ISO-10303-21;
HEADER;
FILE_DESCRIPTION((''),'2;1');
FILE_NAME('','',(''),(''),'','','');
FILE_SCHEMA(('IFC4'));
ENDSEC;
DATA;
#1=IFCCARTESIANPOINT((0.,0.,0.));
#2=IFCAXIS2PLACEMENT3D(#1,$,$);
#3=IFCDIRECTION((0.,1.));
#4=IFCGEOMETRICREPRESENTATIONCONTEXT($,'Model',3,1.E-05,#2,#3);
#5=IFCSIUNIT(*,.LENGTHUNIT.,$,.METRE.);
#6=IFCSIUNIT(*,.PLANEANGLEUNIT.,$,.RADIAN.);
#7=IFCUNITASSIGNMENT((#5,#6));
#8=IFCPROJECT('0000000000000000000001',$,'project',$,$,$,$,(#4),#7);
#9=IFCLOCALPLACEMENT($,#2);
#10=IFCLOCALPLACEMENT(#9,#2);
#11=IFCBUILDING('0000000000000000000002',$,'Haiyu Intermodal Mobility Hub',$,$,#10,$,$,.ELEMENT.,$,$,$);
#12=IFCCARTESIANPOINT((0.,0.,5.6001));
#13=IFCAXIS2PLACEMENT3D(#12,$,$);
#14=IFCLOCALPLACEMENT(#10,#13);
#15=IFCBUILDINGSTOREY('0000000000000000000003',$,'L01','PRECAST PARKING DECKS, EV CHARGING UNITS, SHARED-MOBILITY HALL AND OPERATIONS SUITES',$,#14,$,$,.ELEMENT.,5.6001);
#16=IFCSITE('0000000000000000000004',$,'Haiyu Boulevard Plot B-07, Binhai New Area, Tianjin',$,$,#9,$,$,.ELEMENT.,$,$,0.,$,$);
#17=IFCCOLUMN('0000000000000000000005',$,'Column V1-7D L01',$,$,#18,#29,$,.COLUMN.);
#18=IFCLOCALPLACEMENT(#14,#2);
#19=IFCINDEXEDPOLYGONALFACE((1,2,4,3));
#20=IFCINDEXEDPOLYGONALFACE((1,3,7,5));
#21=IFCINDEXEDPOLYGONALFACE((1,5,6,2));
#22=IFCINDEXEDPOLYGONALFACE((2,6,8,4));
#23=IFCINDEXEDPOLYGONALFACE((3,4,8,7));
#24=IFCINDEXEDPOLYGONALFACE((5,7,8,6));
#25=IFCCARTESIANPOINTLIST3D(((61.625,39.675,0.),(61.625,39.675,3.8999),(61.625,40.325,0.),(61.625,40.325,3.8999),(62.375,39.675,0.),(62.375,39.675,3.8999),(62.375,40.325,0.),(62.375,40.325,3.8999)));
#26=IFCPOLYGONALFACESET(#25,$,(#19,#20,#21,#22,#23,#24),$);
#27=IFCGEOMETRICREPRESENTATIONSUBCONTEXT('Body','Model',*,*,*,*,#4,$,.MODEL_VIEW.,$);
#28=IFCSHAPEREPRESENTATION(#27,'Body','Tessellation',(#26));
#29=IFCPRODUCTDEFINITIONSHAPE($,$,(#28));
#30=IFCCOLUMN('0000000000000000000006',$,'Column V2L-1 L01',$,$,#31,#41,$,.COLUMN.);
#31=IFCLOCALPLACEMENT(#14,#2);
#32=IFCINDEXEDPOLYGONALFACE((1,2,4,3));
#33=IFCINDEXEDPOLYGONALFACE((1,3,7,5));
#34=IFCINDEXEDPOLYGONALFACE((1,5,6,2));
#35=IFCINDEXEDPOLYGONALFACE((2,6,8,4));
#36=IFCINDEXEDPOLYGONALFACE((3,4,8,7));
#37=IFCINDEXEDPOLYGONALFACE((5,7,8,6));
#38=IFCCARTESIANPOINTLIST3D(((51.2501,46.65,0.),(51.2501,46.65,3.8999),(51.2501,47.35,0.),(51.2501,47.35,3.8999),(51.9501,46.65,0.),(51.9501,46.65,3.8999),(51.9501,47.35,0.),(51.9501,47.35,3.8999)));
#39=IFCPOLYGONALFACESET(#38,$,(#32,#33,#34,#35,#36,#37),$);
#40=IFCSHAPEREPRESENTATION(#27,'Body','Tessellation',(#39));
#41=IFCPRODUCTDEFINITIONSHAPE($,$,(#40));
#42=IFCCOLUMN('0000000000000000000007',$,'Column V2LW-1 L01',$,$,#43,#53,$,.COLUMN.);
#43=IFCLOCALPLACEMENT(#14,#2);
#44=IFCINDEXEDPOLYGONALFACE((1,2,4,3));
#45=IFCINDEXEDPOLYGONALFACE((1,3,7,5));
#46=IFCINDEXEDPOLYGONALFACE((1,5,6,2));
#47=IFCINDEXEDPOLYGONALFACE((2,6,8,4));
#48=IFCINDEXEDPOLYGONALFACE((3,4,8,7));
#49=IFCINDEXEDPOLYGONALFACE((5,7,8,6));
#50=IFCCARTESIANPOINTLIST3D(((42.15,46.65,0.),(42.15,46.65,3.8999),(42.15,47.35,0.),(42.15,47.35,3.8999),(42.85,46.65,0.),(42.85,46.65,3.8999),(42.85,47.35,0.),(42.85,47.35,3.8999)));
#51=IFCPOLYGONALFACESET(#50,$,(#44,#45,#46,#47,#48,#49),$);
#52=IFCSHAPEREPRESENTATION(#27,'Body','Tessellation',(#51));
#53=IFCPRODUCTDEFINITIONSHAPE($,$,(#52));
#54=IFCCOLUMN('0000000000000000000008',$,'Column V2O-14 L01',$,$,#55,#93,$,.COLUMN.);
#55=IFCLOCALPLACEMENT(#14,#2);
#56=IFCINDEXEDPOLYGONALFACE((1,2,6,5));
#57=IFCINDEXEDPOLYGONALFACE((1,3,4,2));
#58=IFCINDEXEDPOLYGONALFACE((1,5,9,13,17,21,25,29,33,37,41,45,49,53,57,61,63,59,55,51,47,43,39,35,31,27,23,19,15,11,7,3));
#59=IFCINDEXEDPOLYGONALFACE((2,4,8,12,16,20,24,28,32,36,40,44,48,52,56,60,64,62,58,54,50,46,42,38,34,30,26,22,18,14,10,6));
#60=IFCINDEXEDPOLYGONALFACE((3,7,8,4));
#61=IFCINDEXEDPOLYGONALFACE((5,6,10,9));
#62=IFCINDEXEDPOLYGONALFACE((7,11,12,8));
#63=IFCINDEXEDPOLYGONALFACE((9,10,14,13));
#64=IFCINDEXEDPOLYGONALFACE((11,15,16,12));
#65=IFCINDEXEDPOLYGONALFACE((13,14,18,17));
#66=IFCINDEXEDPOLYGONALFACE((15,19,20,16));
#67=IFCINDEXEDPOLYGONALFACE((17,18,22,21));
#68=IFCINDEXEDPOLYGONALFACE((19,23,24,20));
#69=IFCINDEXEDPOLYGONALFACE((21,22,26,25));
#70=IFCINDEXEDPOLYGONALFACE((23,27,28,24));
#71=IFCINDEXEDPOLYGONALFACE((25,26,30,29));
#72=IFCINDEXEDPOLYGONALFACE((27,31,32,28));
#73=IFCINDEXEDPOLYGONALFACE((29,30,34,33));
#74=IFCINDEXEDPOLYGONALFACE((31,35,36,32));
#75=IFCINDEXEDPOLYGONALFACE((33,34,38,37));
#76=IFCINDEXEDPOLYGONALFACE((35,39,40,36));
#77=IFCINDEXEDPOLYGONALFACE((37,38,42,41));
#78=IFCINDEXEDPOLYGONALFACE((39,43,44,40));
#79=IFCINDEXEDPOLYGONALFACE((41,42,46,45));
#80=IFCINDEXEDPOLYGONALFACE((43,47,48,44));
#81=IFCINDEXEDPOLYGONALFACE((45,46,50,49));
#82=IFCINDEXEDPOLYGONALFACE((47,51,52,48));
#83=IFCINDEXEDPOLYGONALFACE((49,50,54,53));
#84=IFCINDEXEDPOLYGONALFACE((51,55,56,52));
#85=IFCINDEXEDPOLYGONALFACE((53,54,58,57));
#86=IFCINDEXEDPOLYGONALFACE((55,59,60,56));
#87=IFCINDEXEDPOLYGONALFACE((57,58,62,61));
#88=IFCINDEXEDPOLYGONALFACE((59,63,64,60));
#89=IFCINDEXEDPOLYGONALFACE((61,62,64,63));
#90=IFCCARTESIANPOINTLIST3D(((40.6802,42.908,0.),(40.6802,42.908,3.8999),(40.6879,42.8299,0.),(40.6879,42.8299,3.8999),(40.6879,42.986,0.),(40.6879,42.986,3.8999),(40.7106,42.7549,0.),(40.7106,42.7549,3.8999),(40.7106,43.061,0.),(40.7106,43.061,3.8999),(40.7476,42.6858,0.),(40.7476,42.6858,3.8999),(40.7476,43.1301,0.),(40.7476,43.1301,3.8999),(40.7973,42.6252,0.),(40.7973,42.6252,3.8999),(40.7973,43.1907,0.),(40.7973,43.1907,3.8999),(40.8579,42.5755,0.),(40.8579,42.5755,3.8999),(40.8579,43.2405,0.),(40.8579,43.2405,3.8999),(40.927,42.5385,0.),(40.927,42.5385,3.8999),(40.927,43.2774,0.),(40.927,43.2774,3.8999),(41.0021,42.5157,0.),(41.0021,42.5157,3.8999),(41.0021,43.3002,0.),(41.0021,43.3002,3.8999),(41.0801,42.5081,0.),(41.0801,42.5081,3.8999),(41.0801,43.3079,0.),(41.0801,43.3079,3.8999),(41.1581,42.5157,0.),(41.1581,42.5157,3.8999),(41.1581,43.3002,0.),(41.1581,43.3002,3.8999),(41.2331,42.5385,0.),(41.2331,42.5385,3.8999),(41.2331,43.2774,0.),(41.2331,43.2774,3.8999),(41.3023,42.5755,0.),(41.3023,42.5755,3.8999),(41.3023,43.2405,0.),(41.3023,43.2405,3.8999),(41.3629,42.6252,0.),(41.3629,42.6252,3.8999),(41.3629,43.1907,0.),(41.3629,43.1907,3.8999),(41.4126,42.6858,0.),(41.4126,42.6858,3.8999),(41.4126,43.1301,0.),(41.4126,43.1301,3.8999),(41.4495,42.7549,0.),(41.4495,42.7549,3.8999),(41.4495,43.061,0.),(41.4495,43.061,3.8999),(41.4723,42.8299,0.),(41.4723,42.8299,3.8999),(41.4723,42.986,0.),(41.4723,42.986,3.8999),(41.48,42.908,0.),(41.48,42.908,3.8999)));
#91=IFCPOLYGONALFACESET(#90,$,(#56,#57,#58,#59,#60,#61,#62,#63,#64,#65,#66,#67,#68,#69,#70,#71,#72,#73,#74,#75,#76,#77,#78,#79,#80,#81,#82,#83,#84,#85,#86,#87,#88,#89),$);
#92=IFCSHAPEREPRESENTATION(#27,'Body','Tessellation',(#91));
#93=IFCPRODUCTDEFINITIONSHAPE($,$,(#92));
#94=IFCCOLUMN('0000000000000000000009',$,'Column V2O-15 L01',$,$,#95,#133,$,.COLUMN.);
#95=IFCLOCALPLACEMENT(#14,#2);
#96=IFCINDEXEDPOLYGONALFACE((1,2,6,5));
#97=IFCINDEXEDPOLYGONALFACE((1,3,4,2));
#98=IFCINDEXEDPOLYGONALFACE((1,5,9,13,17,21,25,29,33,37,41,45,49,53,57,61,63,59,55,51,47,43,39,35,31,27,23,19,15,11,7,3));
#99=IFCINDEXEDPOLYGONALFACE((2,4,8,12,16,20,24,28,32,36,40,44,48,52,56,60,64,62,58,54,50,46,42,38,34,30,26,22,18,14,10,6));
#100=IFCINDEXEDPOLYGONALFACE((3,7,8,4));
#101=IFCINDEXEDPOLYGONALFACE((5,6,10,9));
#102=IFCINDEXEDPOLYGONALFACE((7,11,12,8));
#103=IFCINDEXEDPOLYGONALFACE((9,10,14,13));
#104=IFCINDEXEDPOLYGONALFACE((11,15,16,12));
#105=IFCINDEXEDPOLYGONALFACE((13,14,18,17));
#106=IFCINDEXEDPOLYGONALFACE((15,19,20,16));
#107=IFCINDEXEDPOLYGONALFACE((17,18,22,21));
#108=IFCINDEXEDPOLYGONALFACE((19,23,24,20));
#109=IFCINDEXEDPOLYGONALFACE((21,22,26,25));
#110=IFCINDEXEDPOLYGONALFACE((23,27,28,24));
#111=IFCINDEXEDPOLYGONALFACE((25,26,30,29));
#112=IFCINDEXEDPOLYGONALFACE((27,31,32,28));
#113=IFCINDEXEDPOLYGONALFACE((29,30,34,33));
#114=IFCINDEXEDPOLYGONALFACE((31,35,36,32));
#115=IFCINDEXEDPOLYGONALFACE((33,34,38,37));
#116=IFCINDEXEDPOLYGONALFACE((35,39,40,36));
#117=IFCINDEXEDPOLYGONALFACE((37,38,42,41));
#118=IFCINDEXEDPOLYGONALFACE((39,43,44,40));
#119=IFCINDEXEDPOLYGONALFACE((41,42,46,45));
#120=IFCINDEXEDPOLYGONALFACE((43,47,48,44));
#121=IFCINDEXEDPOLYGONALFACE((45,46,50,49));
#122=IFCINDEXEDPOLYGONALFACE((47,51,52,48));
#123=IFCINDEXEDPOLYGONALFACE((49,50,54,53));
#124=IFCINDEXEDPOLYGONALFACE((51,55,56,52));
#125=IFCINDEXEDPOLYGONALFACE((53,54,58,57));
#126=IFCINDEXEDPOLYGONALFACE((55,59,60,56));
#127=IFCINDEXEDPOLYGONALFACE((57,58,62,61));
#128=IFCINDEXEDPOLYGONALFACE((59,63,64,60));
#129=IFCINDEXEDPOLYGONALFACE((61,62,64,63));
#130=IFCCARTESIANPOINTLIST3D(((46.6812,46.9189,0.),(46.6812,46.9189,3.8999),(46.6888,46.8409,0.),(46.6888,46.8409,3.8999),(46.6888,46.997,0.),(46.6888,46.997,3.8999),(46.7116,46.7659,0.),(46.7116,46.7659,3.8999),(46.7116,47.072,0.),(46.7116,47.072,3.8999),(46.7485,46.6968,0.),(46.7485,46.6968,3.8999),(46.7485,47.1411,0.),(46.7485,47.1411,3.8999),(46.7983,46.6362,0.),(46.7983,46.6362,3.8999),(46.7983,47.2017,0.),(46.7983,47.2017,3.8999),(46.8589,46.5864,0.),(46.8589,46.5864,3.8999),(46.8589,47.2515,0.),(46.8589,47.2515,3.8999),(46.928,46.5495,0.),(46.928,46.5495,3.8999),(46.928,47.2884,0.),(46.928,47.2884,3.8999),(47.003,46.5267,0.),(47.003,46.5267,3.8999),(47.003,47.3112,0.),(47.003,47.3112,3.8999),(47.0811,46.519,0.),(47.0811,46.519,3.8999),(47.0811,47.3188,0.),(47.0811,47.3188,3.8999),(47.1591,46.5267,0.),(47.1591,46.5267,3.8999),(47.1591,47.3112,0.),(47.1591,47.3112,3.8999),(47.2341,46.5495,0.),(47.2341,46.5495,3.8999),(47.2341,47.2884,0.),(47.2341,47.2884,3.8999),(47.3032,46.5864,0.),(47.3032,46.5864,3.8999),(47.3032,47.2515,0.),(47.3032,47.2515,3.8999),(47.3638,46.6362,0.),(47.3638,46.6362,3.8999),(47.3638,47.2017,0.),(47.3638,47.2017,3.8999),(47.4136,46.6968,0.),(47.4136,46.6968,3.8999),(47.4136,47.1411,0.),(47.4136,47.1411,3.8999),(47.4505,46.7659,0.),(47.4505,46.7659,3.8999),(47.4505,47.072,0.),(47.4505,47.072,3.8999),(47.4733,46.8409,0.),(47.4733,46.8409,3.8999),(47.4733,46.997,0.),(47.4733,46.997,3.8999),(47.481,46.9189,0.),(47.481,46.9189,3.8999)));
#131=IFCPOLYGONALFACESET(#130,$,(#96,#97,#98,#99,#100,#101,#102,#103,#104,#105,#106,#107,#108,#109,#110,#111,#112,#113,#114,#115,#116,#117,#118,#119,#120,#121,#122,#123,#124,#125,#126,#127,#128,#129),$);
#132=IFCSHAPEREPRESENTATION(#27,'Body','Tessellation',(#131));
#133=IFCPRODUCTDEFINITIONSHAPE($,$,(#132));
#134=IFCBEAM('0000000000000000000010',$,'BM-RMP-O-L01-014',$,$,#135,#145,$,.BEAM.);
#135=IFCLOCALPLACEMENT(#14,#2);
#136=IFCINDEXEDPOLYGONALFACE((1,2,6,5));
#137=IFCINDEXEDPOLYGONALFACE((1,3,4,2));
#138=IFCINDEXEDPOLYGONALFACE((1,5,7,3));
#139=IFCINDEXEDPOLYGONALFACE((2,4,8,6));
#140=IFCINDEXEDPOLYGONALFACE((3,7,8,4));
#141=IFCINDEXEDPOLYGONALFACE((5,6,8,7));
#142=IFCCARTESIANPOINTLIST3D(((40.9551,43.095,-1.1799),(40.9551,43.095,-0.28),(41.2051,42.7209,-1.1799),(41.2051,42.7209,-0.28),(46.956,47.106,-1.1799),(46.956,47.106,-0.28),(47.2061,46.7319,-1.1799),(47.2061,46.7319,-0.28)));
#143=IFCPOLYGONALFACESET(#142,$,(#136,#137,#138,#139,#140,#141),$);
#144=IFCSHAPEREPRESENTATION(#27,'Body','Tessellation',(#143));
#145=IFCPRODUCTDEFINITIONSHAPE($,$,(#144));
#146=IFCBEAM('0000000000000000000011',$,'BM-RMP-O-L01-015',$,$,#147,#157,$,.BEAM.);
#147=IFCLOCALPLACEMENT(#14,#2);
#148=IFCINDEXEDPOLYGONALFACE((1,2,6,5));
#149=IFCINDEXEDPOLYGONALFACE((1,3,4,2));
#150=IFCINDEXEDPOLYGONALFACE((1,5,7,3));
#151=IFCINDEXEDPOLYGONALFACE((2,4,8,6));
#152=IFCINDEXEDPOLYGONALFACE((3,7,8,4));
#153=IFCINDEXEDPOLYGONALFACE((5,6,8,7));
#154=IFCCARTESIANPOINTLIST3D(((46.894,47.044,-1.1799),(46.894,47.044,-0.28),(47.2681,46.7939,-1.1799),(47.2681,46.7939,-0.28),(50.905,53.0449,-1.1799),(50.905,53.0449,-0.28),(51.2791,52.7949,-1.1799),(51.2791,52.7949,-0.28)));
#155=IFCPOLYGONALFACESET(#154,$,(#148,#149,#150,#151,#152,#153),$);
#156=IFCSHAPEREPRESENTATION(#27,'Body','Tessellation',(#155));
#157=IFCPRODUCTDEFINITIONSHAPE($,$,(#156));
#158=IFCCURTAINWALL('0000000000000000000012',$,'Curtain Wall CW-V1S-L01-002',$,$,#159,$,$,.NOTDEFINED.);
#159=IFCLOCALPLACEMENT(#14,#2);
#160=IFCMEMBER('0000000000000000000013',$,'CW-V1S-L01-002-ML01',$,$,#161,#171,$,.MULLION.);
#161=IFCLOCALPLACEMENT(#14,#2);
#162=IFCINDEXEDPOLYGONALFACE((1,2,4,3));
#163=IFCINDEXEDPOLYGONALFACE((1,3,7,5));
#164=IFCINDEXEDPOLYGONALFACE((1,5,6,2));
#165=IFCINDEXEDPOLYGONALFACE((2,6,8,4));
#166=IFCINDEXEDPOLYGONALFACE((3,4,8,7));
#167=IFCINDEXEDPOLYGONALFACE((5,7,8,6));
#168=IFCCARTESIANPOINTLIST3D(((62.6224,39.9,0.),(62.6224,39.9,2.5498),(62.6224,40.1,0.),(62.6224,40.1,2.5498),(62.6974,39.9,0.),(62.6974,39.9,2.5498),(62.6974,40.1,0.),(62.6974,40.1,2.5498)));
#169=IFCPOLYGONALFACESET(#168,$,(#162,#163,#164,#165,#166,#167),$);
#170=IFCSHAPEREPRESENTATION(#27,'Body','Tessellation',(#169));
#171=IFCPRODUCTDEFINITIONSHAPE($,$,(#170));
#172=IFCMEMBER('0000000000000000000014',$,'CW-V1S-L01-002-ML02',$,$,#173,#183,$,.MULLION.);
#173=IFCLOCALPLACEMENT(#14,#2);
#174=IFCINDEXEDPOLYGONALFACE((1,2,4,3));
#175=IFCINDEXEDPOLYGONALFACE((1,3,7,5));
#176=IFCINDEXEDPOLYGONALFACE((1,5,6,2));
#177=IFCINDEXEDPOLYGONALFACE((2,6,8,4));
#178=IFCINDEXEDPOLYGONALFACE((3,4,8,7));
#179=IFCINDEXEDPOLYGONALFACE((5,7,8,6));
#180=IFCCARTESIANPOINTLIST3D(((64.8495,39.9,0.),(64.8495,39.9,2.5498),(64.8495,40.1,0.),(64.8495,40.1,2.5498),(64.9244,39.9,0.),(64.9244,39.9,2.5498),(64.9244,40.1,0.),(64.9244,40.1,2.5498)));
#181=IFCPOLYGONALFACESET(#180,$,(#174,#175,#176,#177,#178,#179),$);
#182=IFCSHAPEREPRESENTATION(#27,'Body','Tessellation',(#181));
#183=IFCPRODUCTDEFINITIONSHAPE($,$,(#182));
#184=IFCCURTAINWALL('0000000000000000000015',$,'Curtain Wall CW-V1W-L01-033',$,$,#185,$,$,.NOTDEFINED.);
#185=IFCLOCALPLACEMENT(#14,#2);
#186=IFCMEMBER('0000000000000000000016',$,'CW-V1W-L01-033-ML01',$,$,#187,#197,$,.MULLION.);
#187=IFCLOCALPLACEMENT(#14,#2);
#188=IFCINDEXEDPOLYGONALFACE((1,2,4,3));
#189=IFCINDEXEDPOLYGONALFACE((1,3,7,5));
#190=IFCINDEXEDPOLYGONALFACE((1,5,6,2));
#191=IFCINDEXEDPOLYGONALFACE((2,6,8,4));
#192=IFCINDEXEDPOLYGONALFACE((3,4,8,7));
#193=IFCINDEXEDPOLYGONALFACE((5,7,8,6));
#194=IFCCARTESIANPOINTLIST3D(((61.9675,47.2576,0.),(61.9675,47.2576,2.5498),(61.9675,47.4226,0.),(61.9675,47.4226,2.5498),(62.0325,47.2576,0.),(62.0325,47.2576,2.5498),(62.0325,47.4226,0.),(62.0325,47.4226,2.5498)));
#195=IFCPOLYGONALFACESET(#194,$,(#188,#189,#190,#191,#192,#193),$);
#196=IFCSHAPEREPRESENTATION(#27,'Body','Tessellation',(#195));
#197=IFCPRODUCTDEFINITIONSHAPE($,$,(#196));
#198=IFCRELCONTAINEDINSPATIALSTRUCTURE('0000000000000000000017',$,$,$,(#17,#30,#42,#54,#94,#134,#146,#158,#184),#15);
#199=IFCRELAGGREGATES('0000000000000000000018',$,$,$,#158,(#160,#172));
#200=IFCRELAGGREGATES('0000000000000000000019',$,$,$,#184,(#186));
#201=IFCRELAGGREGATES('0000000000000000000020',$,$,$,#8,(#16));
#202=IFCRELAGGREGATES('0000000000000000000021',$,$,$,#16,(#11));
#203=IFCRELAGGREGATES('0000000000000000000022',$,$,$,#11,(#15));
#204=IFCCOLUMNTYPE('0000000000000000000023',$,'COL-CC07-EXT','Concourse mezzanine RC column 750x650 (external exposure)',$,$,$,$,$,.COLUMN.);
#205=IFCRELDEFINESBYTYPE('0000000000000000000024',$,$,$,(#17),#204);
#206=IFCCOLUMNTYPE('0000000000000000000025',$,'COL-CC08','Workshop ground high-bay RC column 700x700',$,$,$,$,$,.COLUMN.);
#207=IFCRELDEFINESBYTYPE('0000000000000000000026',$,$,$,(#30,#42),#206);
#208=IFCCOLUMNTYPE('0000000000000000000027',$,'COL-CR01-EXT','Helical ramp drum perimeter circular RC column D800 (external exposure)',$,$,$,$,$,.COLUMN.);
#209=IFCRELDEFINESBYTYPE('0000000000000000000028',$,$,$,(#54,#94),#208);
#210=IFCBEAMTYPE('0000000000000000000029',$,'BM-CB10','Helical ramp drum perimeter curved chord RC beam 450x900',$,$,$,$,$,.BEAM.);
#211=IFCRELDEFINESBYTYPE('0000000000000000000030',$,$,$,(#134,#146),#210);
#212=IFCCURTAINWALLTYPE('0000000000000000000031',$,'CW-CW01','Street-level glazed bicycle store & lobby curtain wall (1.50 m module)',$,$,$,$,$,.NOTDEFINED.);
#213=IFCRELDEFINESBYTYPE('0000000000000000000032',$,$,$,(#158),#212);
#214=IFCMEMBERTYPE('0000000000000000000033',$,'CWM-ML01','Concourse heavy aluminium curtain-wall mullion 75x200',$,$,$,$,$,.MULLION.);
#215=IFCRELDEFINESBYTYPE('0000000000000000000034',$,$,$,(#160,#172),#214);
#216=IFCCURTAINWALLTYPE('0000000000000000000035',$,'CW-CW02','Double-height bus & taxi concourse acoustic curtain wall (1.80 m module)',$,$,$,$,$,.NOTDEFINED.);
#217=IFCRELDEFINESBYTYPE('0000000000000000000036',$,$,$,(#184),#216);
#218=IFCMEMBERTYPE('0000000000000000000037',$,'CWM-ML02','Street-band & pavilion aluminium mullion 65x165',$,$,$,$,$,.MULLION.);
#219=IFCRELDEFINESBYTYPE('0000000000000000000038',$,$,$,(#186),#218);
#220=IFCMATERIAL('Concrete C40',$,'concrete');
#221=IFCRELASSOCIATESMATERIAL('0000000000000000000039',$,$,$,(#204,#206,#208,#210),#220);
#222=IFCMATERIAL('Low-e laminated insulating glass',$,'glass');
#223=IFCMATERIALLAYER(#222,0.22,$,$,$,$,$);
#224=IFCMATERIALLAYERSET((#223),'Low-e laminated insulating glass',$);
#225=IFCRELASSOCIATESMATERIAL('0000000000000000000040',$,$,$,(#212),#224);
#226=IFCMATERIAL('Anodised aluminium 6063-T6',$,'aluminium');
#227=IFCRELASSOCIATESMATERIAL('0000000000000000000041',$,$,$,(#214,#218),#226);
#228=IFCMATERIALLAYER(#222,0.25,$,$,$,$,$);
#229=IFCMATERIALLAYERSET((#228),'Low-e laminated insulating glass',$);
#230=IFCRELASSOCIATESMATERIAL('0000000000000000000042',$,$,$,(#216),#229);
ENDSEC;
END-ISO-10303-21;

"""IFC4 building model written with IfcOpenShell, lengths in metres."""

from ifc_helpers import new_model, si_unit, direction, frame, origin, origin_2d, place, context, subcontext, project, spatial, rectangle, circle, extrude, material, layer, layer_set, material_profile, profile_set, type_object, element, aggregate, save


model = new_model("IFC4")

# Units and contexts
model_context = context("Model", 3, precision=1e-05, world=origin(), true_north=direction((0.0, 1.0)))
body_context = subcontext(model_context, "Body", "Model", "MODEL_VIEW")
ifc_project = project(units=[si_unit("LENGTHUNIT", "METRE"), si_unit("PLANEANGLEUNIT", "RADIAN")], contexts=[model_context])

# Site, building, storey
site_placement = place(None, origin())
site = spatial("IfcSite", under=ifc_project, at=site_placement, Name="Haiyu Boulevard Plot B-07, Binhai New Area, Tianjin", CompositionType="ELEMENT", RefElevation=0.0)
building_placement = place(site_placement, origin())
building = spatial("IfcBuilding", under=site, at=building_placement, Name="Haiyu Intermodal Mobility Hub", CompositionType="ELEMENT")
storey_placement = place(building_placement, frame((0.0, 0.0, 5.6001)))
storey = spatial("IfcBuildingStorey", under=building, at=storey_placement, Name="L01", Description="PRECAST PARKING DECKS, EV CHARGING UNITS, SHARED-MOBILITY HALL AND OPERATIONS SUITES", CompositionType="ELEMENT", Elevation=5.6001)

# Columns
ifc_material_1 = material(Name="Concrete C40", Category="concrete")
ifc_material_profile_1 = material_profile(ifc_material_1, rectangle(XDim=0.75, YDim=0.6499, at=origin_2d()), Name="RC750x650")
ifc_profile_set_1 = profile_set([ifc_material_profile_1], Name="Concrete C40")
column_type_1 = type_object("IfcColumnType", Name="COL-CC07-EXT", Description="Concourse mezzanine RC column 750x650 (external exposure)", PredefinedType="COLUMN", material=ifc_profile_set_1)
column_placement = place(storey_placement, frame((62.0, 40.0, 0.0), z_axis=(0.0, 0.0, 1.0), x_axis=(1.0, 0.0, 0.0)))
element("IfcColumn", 1, at=column_placement, inside=storey, type_object=column_type_1, Name="Column V1-7D L01", PredefinedType="COLUMN", context=body_context, shape_type="SweptSolid", body=[
    extrude(rectangle(XDim=0.75, YDim=0.6499, at=origin_2d()), origin(), (0.0, 0.0, 1.0), 3.8999),
])
ifc_material_profile_2 = material_profile(ifc_material_1, rectangle(XDim=0.7, YDim=0.7, at=origin_2d()), Name="RC700x700")
ifc_profile_set_2 = profile_set([ifc_material_profile_2], Name="Concrete C40")
column_type_2 = type_object("IfcColumnType", Name="COL-CC08", Description="Workshop ground high-bay RC column 700x700", PredefinedType="COLUMN", material=ifc_profile_set_2)
for number, where, z_axis, x_axis, name in (
    (2, (51.6001, 47.0, 0.0), (0.0, 0.0, 1.0), (1.0, 0.0, 0.0), "Column V2L-1 L01"),
    (3, (42.5, 47.0, 0.0), (0.0, 0.0, 1.0), (1.0, 0.0, 0.0), "Column V2LW-1 L01"),
):
    element("IfcColumn", number, at=place(storey_placement, frame(where, z_axis=z_axis, x_axis=x_axis)), inside=storey, type_object=column_type_2, Name=name, PredefinedType="COLUMN", context=body_context, shape_type="SweptSolid", body=[
        extrude(rectangle(XDim=0.7, YDim=0.7, at=origin_2d()), origin(), (0.0, 0.0, 1.0), 3.8999),
    ])
ifc_material_profile_3 = material_profile(ifc_material_1, circle(Radius=0.3999, at=origin_2d()), Name="RCCOL-D800")
ifc_profile_set_3 = profile_set([ifc_material_profile_3], Name="Concrete C40")
column_type_3 = type_object("IfcColumnType", Name="COL-CR01-EXT", Description="Helical ramp drum perimeter circular RC column D800 (external exposure)", PredefinedType="COLUMN", material=ifc_profile_set_3)
for number, where, z_axis, x_axis, name in (
    (4, (41.0801, 42.908, 0.0), (0.0, 0.0, 1.0), (1.0, 0.0, 0.0), "Column V2O-14 L01"),
    (5, (47.0811, 46.9189, 0.0), (0.0, 0.0, 1.0), (1.0, 0.0, 0.0), "Column V2O-15 L01"),
):
    element("IfcColumn", number, at=place(storey_placement, frame(where, z_axis=z_axis, x_axis=x_axis)), inside=storey, type_object=column_type_3, Name=name, PredefinedType="COLUMN", context=body_context, shape_type="SweptSolid", body=[
        extrude(circle(Radius=0.3999, at=origin_2d()), origin(), (0.0, 0.0, 1.0), 3.8999),
    ])

# Beams
ifc_material_profile_4 = material_profile(ifc_material_1, rectangle(XDim=0.45, YDim=0.8999, at=origin_2d()), Name="RCB450x900")
ifc_profile_set_4 = profile_set([ifc_material_profile_4], Name="Concrete C40")
beam_type = type_object("IfcBeamType", Name="BM-CB10", Description="Helical ramp drum perimeter curved chord RC beam 450x900", PredefinedType="BEAM", material=ifc_profile_set_4)
for number, where, z_axis, x_axis, name in (
    (6, (41.0801, 42.908, -0.73), (0.831389, 0.555691, 0.0), (-0.555691, 0.831389, 0.0), "BM-RMP-O-L01-014"),
    (7, (47.0811, 46.9189, -0.73), (0.555691, 0.831389, 0.0), (-0.831389, 0.555691, 0.0), "BM-RMP-O-L01-015"),
):
    element("IfcBeam", number, at=place(storey_placement, frame(where, z_axis=z_axis, x_axis=x_axis)), inside=storey, type_object=beam_type, Name=name, PredefinedType="BEAM", context=body_context, shape_type="SweptSolid", body=[
        extrude(rectangle(XDim=0.45, YDim=0.8999, at=origin_2d()), origin(), (0.0, 0.0, 1.0), 7.218),
    ])

# Curtain walls, members
ifc_material_2 = material(Name="Low-e laminated insulating glass", Category="glass")
ifc_layer_1 = layer(ifc_material_2, 0.22)
ifc_layer_set_1 = layer_set([ifc_layer_1], Name="Low-e laminated insulating glass")
curtain_wall_type_1 = type_object("IfcCurtainWallType", Name="CW-CW01", Description="Street-level glazed bicycle store & lobby curtain wall (1.50 m module)", PredefinedType="NOTDEFINED", material=ifc_layer_set_1)
curtain_wall_1_placement = place(storey_placement, origin())
curtain_wall_1 = element("IfcCurtainWall", 8, at=curtain_wall_1_placement, inside=storey, type_object=curtain_wall_type_1, Name="Curtain Wall CW-V1S-L01-002", PredefinedType="NOTDEFINED")
ifc_material_3 = material(Name="Anodised aluminium 6063-T6", Category="aluminium")
ifc_material_profile_5 = material_profile(ifc_material_3, rectangle(XDim=0.075, YDim=0.2, at=origin_2d()), Name="ALU75x200")
ifc_profile_set_5 = profile_set([ifc_material_profile_5], Name="Anodised aluminium 6063-T6")
member_type_1 = type_object("IfcMemberType", Name="CWM-ML01", Description="Concourse heavy aluminium curtain-wall mullion 75x200", PredefinedType="MULLION", material=ifc_profile_set_5)
member_1_placement = place(storey_placement, frame((62.6599, 40.0, 0.0), z_axis=(0.0, 0.0, 1.0), x_axis=(1.0, 0.0, 0.0)))
member_1 = element("IfcMember", 9, at=member_1_placement, type_object=member_type_1, Name="CW-V1S-L01-002-ML01", PredefinedType="MULLION", context=body_context, shape_type="SweptSolid", body=[
    extrude(rectangle(XDim=0.075, YDim=0.2, at=origin_2d()), origin(), (0.0, 0.0, 1.0), 2.5498),
])
member_2_placement = place(storey_placement, frame((64.887, 40.0, 0.0), z_axis=(0.0, 0.0, 1.0), x_axis=(1.0, 0.0, 0.0)))
member_2 = element("IfcMember", 10, at=member_2_placement, type_object=member_type_1, Name="CW-V1S-L01-002-ML02", PredefinedType="MULLION", context=body_context, shape_type="SweptSolid", body=[
    extrude(rectangle(XDim=0.075, YDim=0.2, at=origin_2d()), origin(), (0.0, 0.0, 1.0), 2.5498),
])
ifc_layer_2 = layer(ifc_material_2, 0.25)
ifc_layer_set_2 = layer_set([ifc_layer_2], Name="Low-e laminated insulating glass")
curtain_wall_type_2 = type_object("IfcCurtainWallType", Name="CW-CW02", Description="Double-height bus & taxi concourse acoustic curtain wall (1.80 m module)", PredefinedType="NOTDEFINED", material=ifc_layer_set_2)
curtain_wall_2_placement = place(storey_placement, origin())
curtain_wall_2 = element("IfcCurtainWall", 11, at=curtain_wall_2_placement, inside=storey, type_object=curtain_wall_type_2, Name="Curtain Wall CW-V1W-L01-033", PredefinedType="NOTDEFINED")
ifc_material_profile_6 = material_profile(ifc_material_3, rectangle(XDim=0.0649, YDim=0.165, at=origin_2d()), Name="ALU65x165")
ifc_profile_set_6 = profile_set([ifc_material_profile_6], Name="Anodised aluminium 6063-T6")
member_type_2 = type_object("IfcMemberType", Name="CWM-ML02", Description="Street-band & pavilion aluminium mullion 65x165", PredefinedType="MULLION", material=ifc_profile_set_6)
member_3_placement = place(storey_placement, frame((62.0, 47.3401, 0.0), z_axis=(0.0, 0.0, 1.0), x_axis=(1.0, 0.0, 0.0)))
member_3 = element("IfcMember", 12, at=member_3_placement, type_object=member_type_2, Name="CW-V1W-L01-033-ML01", PredefinedType="MULLION", context=body_context, shape_type="SweptSolid", body=[
    extrude(rectangle(XDim=0.0649, YDim=0.165, at=origin_2d()), origin(), (0.0, 0.0, 1.0), 2.5498),
])

aggregate(curtain_wall_1, [member_1, member_2])
aggregate(curtain_wall_2, [member_3])

save(model, "model.ifc")
